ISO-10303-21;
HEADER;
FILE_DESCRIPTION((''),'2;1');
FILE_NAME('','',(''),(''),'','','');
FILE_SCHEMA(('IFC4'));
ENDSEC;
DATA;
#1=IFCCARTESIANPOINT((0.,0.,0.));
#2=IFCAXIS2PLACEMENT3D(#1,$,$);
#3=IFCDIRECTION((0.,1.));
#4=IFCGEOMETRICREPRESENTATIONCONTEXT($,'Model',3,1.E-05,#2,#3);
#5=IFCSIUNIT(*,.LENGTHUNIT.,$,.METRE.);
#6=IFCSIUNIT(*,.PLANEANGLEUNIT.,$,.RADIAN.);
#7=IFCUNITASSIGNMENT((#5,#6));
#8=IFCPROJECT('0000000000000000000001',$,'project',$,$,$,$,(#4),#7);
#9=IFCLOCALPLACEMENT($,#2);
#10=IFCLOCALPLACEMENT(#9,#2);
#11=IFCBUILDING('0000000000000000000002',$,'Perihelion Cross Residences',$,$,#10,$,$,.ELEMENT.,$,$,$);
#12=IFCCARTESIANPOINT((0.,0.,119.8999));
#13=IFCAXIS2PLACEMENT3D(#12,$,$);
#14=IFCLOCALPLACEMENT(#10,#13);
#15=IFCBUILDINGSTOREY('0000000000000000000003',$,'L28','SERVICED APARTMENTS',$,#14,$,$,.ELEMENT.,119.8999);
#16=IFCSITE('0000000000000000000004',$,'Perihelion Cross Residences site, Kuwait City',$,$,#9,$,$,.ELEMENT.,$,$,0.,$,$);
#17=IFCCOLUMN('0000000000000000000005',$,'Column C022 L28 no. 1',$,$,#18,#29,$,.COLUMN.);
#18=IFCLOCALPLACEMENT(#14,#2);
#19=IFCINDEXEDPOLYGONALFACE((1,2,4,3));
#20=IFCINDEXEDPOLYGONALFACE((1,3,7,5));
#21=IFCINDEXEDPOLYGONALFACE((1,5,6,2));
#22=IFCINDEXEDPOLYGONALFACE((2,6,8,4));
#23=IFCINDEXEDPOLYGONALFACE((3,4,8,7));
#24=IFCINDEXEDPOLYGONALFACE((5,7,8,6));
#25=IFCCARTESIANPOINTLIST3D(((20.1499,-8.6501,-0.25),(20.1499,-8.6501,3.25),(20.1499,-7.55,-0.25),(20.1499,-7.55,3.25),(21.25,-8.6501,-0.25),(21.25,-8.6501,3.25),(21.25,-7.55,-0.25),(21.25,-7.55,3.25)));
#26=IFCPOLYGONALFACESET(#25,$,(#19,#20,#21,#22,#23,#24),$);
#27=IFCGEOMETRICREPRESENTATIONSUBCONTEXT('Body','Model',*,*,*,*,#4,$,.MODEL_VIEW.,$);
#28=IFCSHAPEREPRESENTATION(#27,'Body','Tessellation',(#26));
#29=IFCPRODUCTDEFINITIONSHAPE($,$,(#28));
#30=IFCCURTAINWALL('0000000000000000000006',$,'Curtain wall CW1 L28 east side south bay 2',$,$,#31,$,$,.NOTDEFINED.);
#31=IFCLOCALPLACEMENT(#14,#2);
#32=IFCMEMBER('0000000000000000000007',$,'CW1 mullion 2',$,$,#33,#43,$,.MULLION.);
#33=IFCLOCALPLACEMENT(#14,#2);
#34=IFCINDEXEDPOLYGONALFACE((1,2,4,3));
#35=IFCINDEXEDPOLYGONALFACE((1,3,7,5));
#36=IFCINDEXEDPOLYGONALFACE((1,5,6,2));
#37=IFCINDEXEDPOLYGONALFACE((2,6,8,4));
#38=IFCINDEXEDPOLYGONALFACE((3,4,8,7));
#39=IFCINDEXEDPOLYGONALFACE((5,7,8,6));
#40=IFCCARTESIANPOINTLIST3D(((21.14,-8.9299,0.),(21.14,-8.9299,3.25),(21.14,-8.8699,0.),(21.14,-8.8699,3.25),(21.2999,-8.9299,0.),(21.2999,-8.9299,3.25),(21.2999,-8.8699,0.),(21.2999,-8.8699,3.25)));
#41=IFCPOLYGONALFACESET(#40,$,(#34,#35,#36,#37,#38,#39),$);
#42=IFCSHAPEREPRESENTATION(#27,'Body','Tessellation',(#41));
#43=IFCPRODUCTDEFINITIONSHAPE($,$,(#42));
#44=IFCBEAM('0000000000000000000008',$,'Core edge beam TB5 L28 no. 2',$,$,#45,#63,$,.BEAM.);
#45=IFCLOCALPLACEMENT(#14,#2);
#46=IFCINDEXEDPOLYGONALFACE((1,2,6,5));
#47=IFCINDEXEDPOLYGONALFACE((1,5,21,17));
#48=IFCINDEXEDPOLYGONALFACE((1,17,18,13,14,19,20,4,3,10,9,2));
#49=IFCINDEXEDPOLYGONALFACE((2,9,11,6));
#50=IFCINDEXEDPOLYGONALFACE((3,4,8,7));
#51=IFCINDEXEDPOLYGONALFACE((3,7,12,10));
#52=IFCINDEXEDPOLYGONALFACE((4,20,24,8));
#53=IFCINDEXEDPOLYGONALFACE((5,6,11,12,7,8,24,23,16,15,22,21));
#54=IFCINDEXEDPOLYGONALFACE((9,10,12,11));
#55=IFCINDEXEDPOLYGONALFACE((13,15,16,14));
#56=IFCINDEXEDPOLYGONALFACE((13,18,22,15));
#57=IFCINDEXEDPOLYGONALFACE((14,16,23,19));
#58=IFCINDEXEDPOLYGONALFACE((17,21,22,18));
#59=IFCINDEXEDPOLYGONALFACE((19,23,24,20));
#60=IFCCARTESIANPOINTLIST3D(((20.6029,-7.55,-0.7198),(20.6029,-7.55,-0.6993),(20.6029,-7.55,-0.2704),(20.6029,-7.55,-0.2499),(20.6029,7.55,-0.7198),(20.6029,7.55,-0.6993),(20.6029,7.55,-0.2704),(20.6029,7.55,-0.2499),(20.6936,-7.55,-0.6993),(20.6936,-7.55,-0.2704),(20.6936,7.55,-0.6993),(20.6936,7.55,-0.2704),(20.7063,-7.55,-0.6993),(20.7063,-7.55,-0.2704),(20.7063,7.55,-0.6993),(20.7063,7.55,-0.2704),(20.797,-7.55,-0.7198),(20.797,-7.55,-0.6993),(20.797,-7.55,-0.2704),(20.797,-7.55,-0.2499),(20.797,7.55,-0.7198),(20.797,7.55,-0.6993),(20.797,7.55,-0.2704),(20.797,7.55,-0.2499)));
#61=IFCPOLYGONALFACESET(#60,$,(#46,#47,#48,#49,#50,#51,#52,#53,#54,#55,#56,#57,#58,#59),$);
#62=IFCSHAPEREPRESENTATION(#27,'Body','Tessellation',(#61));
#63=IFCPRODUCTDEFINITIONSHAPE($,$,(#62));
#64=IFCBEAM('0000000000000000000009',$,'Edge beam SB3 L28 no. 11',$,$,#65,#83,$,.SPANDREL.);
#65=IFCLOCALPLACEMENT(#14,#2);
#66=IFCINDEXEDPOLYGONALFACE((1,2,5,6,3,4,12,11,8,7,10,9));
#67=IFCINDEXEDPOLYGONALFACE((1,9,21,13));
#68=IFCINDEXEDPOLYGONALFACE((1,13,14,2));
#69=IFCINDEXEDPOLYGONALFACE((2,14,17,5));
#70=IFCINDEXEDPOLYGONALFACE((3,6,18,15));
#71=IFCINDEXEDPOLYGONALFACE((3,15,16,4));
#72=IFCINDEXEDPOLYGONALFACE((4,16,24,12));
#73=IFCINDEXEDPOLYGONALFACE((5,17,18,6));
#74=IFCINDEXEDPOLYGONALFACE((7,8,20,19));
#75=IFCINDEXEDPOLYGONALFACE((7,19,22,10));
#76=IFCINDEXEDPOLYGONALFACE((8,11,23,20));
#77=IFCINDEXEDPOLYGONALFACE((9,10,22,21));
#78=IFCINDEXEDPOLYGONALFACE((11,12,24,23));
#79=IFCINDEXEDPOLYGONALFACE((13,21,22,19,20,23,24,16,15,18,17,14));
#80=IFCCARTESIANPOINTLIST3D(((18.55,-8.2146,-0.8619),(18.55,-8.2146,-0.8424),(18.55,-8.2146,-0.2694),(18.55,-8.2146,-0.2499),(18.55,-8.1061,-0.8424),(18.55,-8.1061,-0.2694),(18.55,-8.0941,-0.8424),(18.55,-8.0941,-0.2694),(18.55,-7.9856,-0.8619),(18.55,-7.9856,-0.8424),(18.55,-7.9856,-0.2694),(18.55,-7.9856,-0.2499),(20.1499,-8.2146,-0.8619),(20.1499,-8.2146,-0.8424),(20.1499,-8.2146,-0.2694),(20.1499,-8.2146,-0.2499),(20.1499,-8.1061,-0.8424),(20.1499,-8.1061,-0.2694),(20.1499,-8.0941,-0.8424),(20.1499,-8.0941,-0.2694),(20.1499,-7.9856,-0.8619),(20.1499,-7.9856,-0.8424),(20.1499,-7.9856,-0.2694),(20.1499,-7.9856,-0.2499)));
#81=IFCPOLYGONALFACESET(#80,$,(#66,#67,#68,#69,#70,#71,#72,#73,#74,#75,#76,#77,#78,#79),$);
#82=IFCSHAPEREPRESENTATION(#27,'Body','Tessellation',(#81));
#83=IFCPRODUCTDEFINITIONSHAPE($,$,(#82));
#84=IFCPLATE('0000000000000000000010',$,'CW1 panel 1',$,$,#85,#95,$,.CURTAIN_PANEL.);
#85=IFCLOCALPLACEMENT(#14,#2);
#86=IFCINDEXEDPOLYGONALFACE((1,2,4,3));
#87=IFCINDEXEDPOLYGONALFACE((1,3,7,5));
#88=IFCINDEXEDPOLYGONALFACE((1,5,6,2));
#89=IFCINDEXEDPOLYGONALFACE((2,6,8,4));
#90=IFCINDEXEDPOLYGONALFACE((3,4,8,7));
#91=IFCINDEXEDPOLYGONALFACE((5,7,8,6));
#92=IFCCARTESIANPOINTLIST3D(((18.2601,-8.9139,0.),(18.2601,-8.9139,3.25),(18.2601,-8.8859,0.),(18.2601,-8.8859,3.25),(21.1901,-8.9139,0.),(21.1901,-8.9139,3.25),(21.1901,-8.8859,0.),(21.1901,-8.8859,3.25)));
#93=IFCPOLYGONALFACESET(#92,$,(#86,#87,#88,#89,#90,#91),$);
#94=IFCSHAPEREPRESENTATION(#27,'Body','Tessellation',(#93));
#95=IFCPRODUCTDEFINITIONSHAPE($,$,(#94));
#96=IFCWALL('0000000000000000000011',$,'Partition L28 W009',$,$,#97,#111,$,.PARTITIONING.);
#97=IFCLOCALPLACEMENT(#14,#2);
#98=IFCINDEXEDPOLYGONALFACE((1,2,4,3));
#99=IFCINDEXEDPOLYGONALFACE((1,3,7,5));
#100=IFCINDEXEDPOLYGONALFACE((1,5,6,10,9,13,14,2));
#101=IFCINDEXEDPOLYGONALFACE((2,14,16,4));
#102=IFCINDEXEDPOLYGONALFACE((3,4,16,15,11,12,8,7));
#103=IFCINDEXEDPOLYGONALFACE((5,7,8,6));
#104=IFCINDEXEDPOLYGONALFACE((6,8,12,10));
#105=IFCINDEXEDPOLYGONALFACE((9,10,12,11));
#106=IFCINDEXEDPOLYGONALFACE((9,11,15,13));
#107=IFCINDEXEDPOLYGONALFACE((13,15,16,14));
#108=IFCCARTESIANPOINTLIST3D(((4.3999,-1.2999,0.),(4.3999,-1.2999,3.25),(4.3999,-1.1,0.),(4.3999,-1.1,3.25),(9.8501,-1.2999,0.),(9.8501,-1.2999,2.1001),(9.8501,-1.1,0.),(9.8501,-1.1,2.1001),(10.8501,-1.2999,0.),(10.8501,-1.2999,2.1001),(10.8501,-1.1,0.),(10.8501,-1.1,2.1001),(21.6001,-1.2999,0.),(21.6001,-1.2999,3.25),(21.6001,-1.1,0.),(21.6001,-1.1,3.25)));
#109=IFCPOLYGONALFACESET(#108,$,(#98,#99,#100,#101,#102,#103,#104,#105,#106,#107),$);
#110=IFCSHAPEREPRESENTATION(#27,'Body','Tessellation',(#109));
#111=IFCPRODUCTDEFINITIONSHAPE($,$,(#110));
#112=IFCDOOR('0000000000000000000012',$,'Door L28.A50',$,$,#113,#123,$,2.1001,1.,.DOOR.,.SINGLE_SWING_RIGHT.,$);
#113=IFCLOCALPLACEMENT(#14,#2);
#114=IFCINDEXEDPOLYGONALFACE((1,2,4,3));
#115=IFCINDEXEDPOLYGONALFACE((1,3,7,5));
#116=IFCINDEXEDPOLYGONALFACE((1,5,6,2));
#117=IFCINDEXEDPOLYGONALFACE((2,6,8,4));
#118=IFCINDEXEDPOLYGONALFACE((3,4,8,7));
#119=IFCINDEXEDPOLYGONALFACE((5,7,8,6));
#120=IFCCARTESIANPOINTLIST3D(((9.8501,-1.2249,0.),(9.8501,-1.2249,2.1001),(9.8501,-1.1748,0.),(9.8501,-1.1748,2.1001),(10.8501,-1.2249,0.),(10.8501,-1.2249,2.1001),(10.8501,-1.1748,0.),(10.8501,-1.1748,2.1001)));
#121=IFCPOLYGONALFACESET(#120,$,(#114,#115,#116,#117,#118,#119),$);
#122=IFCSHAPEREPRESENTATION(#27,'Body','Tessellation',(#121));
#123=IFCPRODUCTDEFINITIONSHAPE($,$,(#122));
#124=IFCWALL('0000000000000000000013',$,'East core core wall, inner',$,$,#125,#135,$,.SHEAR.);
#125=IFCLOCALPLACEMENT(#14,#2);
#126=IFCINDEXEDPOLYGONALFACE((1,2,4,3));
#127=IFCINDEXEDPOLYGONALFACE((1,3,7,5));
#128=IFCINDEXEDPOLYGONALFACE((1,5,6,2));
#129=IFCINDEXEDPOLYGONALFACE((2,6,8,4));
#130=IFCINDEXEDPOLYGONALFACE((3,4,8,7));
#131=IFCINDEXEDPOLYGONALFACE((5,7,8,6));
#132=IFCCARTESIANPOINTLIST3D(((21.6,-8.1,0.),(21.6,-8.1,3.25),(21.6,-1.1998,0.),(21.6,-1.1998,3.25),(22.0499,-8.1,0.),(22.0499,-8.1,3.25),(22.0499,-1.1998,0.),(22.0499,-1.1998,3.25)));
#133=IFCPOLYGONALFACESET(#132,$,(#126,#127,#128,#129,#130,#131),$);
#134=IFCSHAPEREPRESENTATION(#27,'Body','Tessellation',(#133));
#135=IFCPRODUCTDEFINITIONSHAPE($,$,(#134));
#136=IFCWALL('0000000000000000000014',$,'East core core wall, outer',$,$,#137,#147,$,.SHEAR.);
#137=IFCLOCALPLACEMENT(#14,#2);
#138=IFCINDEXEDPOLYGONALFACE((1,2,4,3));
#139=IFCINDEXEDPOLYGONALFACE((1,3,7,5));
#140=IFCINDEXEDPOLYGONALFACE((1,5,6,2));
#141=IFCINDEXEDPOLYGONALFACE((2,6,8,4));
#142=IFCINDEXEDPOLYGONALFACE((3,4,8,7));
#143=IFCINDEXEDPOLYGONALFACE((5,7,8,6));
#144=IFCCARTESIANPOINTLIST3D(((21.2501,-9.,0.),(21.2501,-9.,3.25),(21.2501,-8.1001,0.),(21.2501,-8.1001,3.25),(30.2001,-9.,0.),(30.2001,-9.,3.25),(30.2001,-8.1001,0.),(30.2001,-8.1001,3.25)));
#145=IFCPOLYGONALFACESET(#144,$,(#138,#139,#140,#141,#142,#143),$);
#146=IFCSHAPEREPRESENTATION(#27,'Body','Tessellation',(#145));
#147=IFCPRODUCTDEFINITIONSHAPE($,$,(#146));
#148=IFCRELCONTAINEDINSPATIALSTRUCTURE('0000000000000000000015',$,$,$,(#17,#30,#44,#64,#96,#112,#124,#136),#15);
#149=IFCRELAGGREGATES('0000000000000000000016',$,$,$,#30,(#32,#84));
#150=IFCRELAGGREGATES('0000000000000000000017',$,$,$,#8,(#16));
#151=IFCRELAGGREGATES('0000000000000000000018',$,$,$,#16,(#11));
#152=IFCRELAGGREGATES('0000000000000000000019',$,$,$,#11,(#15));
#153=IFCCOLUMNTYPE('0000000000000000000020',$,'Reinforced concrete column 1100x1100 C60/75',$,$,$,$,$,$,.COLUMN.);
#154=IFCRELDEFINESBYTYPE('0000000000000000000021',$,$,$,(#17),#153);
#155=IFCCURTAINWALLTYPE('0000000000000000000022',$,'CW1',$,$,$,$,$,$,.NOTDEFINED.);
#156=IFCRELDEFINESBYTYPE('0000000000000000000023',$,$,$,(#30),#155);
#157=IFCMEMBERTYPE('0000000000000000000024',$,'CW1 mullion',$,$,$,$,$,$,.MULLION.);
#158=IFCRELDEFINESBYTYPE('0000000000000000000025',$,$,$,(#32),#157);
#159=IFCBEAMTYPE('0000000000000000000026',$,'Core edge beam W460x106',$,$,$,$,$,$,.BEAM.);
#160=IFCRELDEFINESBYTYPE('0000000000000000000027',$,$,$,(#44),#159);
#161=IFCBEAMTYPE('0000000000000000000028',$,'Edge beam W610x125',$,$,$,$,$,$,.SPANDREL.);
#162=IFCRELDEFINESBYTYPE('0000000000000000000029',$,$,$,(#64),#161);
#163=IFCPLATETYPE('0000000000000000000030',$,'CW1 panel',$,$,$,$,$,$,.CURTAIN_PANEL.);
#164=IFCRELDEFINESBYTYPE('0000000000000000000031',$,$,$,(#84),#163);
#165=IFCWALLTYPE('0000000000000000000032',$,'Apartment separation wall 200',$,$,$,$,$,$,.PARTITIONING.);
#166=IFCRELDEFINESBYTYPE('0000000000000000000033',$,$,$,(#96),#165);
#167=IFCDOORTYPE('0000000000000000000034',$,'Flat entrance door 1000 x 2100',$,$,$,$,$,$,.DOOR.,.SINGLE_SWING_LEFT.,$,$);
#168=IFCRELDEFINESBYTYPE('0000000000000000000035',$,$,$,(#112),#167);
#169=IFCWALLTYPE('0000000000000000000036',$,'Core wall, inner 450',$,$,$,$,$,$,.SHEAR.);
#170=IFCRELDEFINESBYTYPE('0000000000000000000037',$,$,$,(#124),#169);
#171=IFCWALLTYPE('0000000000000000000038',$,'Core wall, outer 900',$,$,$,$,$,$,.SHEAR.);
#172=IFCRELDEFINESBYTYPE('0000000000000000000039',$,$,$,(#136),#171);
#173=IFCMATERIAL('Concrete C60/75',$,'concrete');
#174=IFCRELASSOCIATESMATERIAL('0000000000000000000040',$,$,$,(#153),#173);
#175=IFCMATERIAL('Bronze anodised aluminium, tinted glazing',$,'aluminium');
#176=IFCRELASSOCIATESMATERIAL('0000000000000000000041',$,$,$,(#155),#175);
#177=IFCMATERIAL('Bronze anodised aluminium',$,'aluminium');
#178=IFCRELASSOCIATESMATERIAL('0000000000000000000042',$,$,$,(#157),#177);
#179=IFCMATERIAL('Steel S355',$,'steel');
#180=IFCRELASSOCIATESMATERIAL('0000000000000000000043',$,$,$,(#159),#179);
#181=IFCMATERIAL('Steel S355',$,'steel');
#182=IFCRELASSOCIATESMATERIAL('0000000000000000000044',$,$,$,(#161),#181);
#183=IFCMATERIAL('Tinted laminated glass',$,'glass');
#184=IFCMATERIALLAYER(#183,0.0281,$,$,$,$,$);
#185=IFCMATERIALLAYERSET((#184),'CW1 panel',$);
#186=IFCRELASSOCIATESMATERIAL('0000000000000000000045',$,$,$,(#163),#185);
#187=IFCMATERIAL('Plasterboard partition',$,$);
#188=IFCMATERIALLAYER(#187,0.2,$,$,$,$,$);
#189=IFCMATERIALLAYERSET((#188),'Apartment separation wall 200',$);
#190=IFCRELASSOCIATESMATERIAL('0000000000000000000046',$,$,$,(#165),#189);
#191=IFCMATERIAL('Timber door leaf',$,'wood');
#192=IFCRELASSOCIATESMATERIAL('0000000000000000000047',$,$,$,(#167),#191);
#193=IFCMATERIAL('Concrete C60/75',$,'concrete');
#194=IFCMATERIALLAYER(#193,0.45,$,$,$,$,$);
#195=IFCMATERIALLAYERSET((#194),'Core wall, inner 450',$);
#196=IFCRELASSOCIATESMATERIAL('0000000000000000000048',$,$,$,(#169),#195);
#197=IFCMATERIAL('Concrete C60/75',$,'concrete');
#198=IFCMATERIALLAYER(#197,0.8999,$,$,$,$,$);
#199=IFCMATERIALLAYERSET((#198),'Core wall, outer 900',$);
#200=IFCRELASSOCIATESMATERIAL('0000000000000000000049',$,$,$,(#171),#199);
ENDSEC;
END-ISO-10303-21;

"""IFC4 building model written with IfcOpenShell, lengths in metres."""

from ifc_helpers import new_model, si_unit, direction, frame, frame_2d, origin, origin_2d, place, context, subcontext, project, spatial, rectangle, i_section, extrude, material, layer, layer_set, material_profile, profile_set, type_object, element, fill, aggregate, save


model = new_model("IFC4")

# Units and contexts
model_context = context("Model", 3, precision=1e-05, world=origin(), true_north=direction((0.0, 1.0)))
body_context = subcontext(model_context, "Body", "Model", "MODEL_VIEW")
ifc_project = project(units=[si_unit("LENGTHUNIT", "METRE"), si_unit("PLANEANGLEUNIT", "RADIAN")], contexts=[model_context])

# Site, building, storey
site_placement = place(None, origin())
site = spatial("IfcSite", under=ifc_project, at=site_placement, Name="Perihelion Cross Residences site, Kuwait City", CompositionType="ELEMENT", RefElevation=0.0)
building_placement = place(site_placement, origin())
building = spatial("IfcBuilding", under=site, at=building_placement, Name="Perihelion Cross Residences", CompositionType="ELEMENT")
storey_placement = place(building_placement, frame((0.0, 0.0, 119.8999)))
storey = spatial("IfcBuildingStorey", under=building, at=storey_placement, Name="L28", Description="SERVICED APARTMENTS", CompositionType="ELEMENT", Elevation=119.8999)

# Column
ifc_material_1 = material(Name="Concrete C60/75", Category="concrete")
ifc_material_profile_1 = material_profile(ifc_material_1, rectangle(XDim=1.1001, YDim=1.1001, at=origin_2d()), Name="RC 1100x1100")
ifc_profile_set_1 = profile_set([ifc_material_profile_1], Name="Concrete C60/75")
column_type = type_object("IfcColumnType", Name="Reinforced concrete column 1100x1100 C60/75", PredefinedType="COLUMN", material=ifc_profile_set_1)
column_placement = place(storey_placement, frame((20.7, -8.1001, -0.25), z_axis=(0.0, 0.0, 1.0), x_axis=(1.0, 0.0, 0.0)))
element("IfcColumn", 1, at=column_placement, inside=storey, type_object=column_type, Name="Column C022 L28 no. 1", PredefinedType="COLUMN", context=body_context, shape_type="SweptSolid", body=[
    extrude(rectangle(XDim=1.1001, YDim=1.1001, at=origin_2d()), origin(), (0.0, 0.0, 1.0), 3.5),
])

# Curtain wall, member
ifc_material_2 = material(Name="Bronze anodised aluminium, tinted glazing", Category="aluminium")
curtain_wall_type = type_object("IfcCurtainWallType", Name="CW1", PredefinedType="NOTDEFINED", material=ifc_material_2)
curtain_wall_placement = place(storey_placement, origin())
curtain_wall = element("IfcCurtainWall", 2, at=curtain_wall_placement, inside=storey, type_object=curtain_wall_type, Name="Curtain wall CW1 L28 east side south bay 2", PredefinedType="NOTDEFINED")
ifc_material_3 = material(Name="Bronze anodised aluminium", Category="aluminium")
ifc_material_profile_2 = material_profile(ifc_material_3, rectangle(XDim=0.0601, YDim=0.1599, at=origin_2d()), Name="CW1 mullion")
ifc_profile_set_2 = profile_set([ifc_material_profile_2], Name="Bronze anodised aluminium")
member_type = type_object("IfcMemberType", Name="CW1 mullion", PredefinedType="MULLION", material=ifc_profile_set_2)
member_placement = place(storey_placement, frame((21.22, -8.8999, 0.0), z_axis=(0.0, 0.0, 1.0), x_axis=(0.0, 1.0, 0.0)))
member = element("IfcMember", 3, at=member_placement, type_object=member_type, Name="CW1 mullion 2", PredefinedType="MULLION", context=body_context, shape_type="SweptSolid", body=[
    extrude(rectangle(XDim=0.0601, YDim=0.1599, at=origin_2d()), origin(), (0.0, 0.0, 1.0), 3.25),
])

# Beams
ifc_material_4 = material(Name="Steel S355", Category="steel")
ifc_material_profile_3 = material_profile(ifc_material_4, i_section(OverallWidth=0.1941, OverallDepth=0.47, WebThickness=0.0127, FlangeThickness=0.0205, at=origin_2d()), Name="W460x106")
ifc_profile_set_3 = profile_set([ifc_material_profile_3], Name="Steel S355")
beam_type_1 = type_object("IfcBeamType", Name="Core edge beam W460x106", PredefinedType="BEAM", material=ifc_profile_set_3)
beam_1_placement = place(storey_placement, frame((20.7, -7.55, -0.4849), z_axis=(0.0, 1.0, 0.0), x_axis=(-1.0, 0.0, 0.0)))
element("IfcBeam", 4, at=beam_1_placement, inside=storey, type_object=beam_type_1, Name="Core edge beam TB5 L28 no. 2", PredefinedType="BEAM", context=body_context, shape_type="SweptSolid", body=[
    extrude(i_section(OverallWidth=0.1941, OverallDepth=0.47, WebThickness=0.0127, FlangeThickness=0.0205, at=origin_2d()), origin(), (0.0, 0.0, 1.0), 15.1001),
])
ifc_material_5 = material(Name="Steel S355", Category="steel")
ifc_material_profile_4 = material_profile(ifc_material_5, i_section(OverallWidth=0.229, OverallDepth=0.6121, WebThickness=0.012, FlangeThickness=0.0195, at=origin_2d()), Name="W610x125")
ifc_profile_set_4 = profile_set([ifc_material_profile_4], Name="Steel S355")
beam_type_2 = type_object("IfcBeamType", Name="Edge beam W610x125", PredefinedType="SPANDREL", material=ifc_profile_set_4)
beam_2_placement = place(storey_placement, frame((18.55, -8.1001, -0.5559), z_axis=(1.0, 0.0, 0.0), x_axis=(0.0, 1.0, 0.0)))
element("IfcBeam", 5, at=beam_2_placement, inside=storey, type_object=beam_type_2, Name="Edge beam SB3 L28 no. 11", PredefinedType="SPANDREL", context=body_context, shape_type="SweptSolid", body=[
    extrude(i_section(OverallWidth=0.229, OverallDepth=0.6121, WebThickness=0.012, FlangeThickness=0.0195, at=origin_2d()), origin(), (0.0, 0.0, 1.0), 1.5999),
])

# Plate
ifc_material_6 = material(Name="Tinted laminated glass", Category="glass")
ifc_layer_1 = layer(ifc_material_6, 0.0281)
ifc_layer_set_1 = layer_set([ifc_layer_1], Name="CW1 panel")
plate_type = type_object("IfcPlateType", Name="CW1 panel", PredefinedType="CURTAIN_PANEL", material=ifc_layer_set_1)
plate_placement = place(storey_placement, frame((19.7251, -8.8999, 0.0), z_axis=(0.0, 0.0, 1.0), x_axis=(1.0, 0.0, 0.0)))
plate = element("IfcPlate", 6, at=plate_placement, type_object=plate_type, Name="CW1 panel 1", PredefinedType="CURTAIN_PANEL", context=body_context, shape_type="SweptSolid", body=[
    extrude(rectangle(XDim=2.9299, YDim=0.0281, at=origin_2d()), origin(), (0.0, 0.0, 1.0), 3.25),
])
aggregate(curtain_wall, [member, plate])

# Wall, opening, door
ifc_material_7 = material(Name="Plasterboard partition")
ifc_layer_2 = layer(ifc_material_7, 0.2)
ifc_layer_set_2 = layer_set([ifc_layer_2], Name="Apartment separation wall 200")
wall_type_1 = type_object("IfcWallType", Name="Apartment separation wall 200", PredefinedType="PARTITIONING", material=ifc_layer_set_2)
wall_1_placement = place(storey_placement, frame((21.6001, -1.2, 0.0), z_axis=(0.0, 0.0, 1.0), x_axis=(-1.0, 0.0, 0.0)))
wall_1 = element("IfcWall", 7, at=wall_1_placement, inside=storey, type_object=wall_type_1, Name="Partition L28 W009", PredefinedType="PARTITIONING", context=body_context, shape_type="SweptSolid", body=[
    extrude(rectangle(XDim=17.2002, YDim=0.2, at=frame_2d((8.6001, 0.0))), origin(), (0.0, 0.0, 1.0), 3.25),
])
opening_1_placement = place(wall_1_placement, frame((10.75, 0.0, 0.0)))
opening_1 = element("IfcOpeningElement", 8, at=opening_1_placement, cuts=wall_1, PredefinedType="OPENING", context=body_context, shape_type="SweptSolid", body=[
    extrude(rectangle(XDim=1.0, YDim=2.1001, at=frame_2d((0.5, 1.05))), frame((0.0, 0.1099, 0.0), z_axis=(0.0, -1.0, 0.0), x_axis=(1.0, 0.0, 0.0)), (0.0, 0.0, 1.0), 0.22),
])
ifc_material_8 = material(Name="Timber door leaf", Category="wood")
door_type_1 = type_object("IfcDoorType", Name="Flat entrance door 1000 x 2100", OperationType="SINGLE_SWING_LEFT", PredefinedType="DOOR", material=ifc_material_8)
door_1_placement = place(opening_1_placement, origin())
door_1 = element("IfcDoor", 9, at=door_1_placement, inside=storey, type_object=door_type_1, Name="Door L28.A50", OperationType="SINGLE_SWING_RIGHT", OverallHeight=2.1001, OverallWidth=1.0, PredefinedType="DOOR", context=body_context, shape_type="SweptSolid", body=[
    extrude(rectangle(XDim=1.0, YDim=2.1001, at=frame_2d((0.5, 1.05))), frame((0.0, 0.0249, 0.0), z_axis=(0.0, -1.0, 0.0), x_axis=(1.0, 0.0, 0.0)), (0.0, 0.0, 1.0), 0.05),
])
fill(opening_1, door_1)

# Walls
ifc_material_9 = material(Name="Concrete C60/75", Category="concrete")
ifc_layer_3 = layer(ifc_material_9, 0.45)
ifc_layer_set_3 = layer_set([ifc_layer_3], Name="Core wall, inner 450")
wall_type_2 = type_object("IfcWallType", Name="Core wall, inner 450", PredefinedType="SHEAR", material=ifc_layer_set_3)
wall_2_placement = place(storey_placement, frame((21.825, -8.1001, 0.0), z_axis=(0.0, 0.0, 1.0), x_axis=(0.0, 1.0, 0.0)))
element("IfcWall", 10, at=wall_2_placement, inside=storey, type_object=wall_type_2, Name="East core core wall, inner", PredefinedType="SHEAR", context=body_context, shape_type="SweptSolid", body=[
    extrude(rectangle(XDim=6.9001, YDim=0.45, at=frame_2d((3.4502, 0.0))), origin(), (0.0, 0.0, 1.0), 3.25),
])
ifc_material_10 = material(Name="Concrete C60/75", Category="concrete")
ifc_layer_4 = layer(ifc_material_10, 0.8999)
ifc_layer_set_4 = layer_set([ifc_layer_4], Name="Core wall, outer 900")
wall_type_3 = type_object("IfcWallType", Name="Core wall, outer 900", PredefinedType="SHEAR", material=ifc_layer_set_4)
wall_3_placement = place(storey_placement, frame((21.25, -8.55, 0.0), z_axis=(0.0, 0.0, 1.0), x_axis=(1.0, 0.0, 0.0)))
element("IfcWall", 11, at=wall_3_placement, inside=storey, type_object=wall_type_3, Name="East core core wall, outer", PredefinedType="SHEAR", context=body_context, shape_type="SweptSolid", body=[
    extrude(rectangle(XDim=8.95, YDim=0.8999, at=frame_2d((4.4751, 0.0))), origin(), (0.0, 0.0, 1.0), 3.25),
])

save(model, "model.ifc")
